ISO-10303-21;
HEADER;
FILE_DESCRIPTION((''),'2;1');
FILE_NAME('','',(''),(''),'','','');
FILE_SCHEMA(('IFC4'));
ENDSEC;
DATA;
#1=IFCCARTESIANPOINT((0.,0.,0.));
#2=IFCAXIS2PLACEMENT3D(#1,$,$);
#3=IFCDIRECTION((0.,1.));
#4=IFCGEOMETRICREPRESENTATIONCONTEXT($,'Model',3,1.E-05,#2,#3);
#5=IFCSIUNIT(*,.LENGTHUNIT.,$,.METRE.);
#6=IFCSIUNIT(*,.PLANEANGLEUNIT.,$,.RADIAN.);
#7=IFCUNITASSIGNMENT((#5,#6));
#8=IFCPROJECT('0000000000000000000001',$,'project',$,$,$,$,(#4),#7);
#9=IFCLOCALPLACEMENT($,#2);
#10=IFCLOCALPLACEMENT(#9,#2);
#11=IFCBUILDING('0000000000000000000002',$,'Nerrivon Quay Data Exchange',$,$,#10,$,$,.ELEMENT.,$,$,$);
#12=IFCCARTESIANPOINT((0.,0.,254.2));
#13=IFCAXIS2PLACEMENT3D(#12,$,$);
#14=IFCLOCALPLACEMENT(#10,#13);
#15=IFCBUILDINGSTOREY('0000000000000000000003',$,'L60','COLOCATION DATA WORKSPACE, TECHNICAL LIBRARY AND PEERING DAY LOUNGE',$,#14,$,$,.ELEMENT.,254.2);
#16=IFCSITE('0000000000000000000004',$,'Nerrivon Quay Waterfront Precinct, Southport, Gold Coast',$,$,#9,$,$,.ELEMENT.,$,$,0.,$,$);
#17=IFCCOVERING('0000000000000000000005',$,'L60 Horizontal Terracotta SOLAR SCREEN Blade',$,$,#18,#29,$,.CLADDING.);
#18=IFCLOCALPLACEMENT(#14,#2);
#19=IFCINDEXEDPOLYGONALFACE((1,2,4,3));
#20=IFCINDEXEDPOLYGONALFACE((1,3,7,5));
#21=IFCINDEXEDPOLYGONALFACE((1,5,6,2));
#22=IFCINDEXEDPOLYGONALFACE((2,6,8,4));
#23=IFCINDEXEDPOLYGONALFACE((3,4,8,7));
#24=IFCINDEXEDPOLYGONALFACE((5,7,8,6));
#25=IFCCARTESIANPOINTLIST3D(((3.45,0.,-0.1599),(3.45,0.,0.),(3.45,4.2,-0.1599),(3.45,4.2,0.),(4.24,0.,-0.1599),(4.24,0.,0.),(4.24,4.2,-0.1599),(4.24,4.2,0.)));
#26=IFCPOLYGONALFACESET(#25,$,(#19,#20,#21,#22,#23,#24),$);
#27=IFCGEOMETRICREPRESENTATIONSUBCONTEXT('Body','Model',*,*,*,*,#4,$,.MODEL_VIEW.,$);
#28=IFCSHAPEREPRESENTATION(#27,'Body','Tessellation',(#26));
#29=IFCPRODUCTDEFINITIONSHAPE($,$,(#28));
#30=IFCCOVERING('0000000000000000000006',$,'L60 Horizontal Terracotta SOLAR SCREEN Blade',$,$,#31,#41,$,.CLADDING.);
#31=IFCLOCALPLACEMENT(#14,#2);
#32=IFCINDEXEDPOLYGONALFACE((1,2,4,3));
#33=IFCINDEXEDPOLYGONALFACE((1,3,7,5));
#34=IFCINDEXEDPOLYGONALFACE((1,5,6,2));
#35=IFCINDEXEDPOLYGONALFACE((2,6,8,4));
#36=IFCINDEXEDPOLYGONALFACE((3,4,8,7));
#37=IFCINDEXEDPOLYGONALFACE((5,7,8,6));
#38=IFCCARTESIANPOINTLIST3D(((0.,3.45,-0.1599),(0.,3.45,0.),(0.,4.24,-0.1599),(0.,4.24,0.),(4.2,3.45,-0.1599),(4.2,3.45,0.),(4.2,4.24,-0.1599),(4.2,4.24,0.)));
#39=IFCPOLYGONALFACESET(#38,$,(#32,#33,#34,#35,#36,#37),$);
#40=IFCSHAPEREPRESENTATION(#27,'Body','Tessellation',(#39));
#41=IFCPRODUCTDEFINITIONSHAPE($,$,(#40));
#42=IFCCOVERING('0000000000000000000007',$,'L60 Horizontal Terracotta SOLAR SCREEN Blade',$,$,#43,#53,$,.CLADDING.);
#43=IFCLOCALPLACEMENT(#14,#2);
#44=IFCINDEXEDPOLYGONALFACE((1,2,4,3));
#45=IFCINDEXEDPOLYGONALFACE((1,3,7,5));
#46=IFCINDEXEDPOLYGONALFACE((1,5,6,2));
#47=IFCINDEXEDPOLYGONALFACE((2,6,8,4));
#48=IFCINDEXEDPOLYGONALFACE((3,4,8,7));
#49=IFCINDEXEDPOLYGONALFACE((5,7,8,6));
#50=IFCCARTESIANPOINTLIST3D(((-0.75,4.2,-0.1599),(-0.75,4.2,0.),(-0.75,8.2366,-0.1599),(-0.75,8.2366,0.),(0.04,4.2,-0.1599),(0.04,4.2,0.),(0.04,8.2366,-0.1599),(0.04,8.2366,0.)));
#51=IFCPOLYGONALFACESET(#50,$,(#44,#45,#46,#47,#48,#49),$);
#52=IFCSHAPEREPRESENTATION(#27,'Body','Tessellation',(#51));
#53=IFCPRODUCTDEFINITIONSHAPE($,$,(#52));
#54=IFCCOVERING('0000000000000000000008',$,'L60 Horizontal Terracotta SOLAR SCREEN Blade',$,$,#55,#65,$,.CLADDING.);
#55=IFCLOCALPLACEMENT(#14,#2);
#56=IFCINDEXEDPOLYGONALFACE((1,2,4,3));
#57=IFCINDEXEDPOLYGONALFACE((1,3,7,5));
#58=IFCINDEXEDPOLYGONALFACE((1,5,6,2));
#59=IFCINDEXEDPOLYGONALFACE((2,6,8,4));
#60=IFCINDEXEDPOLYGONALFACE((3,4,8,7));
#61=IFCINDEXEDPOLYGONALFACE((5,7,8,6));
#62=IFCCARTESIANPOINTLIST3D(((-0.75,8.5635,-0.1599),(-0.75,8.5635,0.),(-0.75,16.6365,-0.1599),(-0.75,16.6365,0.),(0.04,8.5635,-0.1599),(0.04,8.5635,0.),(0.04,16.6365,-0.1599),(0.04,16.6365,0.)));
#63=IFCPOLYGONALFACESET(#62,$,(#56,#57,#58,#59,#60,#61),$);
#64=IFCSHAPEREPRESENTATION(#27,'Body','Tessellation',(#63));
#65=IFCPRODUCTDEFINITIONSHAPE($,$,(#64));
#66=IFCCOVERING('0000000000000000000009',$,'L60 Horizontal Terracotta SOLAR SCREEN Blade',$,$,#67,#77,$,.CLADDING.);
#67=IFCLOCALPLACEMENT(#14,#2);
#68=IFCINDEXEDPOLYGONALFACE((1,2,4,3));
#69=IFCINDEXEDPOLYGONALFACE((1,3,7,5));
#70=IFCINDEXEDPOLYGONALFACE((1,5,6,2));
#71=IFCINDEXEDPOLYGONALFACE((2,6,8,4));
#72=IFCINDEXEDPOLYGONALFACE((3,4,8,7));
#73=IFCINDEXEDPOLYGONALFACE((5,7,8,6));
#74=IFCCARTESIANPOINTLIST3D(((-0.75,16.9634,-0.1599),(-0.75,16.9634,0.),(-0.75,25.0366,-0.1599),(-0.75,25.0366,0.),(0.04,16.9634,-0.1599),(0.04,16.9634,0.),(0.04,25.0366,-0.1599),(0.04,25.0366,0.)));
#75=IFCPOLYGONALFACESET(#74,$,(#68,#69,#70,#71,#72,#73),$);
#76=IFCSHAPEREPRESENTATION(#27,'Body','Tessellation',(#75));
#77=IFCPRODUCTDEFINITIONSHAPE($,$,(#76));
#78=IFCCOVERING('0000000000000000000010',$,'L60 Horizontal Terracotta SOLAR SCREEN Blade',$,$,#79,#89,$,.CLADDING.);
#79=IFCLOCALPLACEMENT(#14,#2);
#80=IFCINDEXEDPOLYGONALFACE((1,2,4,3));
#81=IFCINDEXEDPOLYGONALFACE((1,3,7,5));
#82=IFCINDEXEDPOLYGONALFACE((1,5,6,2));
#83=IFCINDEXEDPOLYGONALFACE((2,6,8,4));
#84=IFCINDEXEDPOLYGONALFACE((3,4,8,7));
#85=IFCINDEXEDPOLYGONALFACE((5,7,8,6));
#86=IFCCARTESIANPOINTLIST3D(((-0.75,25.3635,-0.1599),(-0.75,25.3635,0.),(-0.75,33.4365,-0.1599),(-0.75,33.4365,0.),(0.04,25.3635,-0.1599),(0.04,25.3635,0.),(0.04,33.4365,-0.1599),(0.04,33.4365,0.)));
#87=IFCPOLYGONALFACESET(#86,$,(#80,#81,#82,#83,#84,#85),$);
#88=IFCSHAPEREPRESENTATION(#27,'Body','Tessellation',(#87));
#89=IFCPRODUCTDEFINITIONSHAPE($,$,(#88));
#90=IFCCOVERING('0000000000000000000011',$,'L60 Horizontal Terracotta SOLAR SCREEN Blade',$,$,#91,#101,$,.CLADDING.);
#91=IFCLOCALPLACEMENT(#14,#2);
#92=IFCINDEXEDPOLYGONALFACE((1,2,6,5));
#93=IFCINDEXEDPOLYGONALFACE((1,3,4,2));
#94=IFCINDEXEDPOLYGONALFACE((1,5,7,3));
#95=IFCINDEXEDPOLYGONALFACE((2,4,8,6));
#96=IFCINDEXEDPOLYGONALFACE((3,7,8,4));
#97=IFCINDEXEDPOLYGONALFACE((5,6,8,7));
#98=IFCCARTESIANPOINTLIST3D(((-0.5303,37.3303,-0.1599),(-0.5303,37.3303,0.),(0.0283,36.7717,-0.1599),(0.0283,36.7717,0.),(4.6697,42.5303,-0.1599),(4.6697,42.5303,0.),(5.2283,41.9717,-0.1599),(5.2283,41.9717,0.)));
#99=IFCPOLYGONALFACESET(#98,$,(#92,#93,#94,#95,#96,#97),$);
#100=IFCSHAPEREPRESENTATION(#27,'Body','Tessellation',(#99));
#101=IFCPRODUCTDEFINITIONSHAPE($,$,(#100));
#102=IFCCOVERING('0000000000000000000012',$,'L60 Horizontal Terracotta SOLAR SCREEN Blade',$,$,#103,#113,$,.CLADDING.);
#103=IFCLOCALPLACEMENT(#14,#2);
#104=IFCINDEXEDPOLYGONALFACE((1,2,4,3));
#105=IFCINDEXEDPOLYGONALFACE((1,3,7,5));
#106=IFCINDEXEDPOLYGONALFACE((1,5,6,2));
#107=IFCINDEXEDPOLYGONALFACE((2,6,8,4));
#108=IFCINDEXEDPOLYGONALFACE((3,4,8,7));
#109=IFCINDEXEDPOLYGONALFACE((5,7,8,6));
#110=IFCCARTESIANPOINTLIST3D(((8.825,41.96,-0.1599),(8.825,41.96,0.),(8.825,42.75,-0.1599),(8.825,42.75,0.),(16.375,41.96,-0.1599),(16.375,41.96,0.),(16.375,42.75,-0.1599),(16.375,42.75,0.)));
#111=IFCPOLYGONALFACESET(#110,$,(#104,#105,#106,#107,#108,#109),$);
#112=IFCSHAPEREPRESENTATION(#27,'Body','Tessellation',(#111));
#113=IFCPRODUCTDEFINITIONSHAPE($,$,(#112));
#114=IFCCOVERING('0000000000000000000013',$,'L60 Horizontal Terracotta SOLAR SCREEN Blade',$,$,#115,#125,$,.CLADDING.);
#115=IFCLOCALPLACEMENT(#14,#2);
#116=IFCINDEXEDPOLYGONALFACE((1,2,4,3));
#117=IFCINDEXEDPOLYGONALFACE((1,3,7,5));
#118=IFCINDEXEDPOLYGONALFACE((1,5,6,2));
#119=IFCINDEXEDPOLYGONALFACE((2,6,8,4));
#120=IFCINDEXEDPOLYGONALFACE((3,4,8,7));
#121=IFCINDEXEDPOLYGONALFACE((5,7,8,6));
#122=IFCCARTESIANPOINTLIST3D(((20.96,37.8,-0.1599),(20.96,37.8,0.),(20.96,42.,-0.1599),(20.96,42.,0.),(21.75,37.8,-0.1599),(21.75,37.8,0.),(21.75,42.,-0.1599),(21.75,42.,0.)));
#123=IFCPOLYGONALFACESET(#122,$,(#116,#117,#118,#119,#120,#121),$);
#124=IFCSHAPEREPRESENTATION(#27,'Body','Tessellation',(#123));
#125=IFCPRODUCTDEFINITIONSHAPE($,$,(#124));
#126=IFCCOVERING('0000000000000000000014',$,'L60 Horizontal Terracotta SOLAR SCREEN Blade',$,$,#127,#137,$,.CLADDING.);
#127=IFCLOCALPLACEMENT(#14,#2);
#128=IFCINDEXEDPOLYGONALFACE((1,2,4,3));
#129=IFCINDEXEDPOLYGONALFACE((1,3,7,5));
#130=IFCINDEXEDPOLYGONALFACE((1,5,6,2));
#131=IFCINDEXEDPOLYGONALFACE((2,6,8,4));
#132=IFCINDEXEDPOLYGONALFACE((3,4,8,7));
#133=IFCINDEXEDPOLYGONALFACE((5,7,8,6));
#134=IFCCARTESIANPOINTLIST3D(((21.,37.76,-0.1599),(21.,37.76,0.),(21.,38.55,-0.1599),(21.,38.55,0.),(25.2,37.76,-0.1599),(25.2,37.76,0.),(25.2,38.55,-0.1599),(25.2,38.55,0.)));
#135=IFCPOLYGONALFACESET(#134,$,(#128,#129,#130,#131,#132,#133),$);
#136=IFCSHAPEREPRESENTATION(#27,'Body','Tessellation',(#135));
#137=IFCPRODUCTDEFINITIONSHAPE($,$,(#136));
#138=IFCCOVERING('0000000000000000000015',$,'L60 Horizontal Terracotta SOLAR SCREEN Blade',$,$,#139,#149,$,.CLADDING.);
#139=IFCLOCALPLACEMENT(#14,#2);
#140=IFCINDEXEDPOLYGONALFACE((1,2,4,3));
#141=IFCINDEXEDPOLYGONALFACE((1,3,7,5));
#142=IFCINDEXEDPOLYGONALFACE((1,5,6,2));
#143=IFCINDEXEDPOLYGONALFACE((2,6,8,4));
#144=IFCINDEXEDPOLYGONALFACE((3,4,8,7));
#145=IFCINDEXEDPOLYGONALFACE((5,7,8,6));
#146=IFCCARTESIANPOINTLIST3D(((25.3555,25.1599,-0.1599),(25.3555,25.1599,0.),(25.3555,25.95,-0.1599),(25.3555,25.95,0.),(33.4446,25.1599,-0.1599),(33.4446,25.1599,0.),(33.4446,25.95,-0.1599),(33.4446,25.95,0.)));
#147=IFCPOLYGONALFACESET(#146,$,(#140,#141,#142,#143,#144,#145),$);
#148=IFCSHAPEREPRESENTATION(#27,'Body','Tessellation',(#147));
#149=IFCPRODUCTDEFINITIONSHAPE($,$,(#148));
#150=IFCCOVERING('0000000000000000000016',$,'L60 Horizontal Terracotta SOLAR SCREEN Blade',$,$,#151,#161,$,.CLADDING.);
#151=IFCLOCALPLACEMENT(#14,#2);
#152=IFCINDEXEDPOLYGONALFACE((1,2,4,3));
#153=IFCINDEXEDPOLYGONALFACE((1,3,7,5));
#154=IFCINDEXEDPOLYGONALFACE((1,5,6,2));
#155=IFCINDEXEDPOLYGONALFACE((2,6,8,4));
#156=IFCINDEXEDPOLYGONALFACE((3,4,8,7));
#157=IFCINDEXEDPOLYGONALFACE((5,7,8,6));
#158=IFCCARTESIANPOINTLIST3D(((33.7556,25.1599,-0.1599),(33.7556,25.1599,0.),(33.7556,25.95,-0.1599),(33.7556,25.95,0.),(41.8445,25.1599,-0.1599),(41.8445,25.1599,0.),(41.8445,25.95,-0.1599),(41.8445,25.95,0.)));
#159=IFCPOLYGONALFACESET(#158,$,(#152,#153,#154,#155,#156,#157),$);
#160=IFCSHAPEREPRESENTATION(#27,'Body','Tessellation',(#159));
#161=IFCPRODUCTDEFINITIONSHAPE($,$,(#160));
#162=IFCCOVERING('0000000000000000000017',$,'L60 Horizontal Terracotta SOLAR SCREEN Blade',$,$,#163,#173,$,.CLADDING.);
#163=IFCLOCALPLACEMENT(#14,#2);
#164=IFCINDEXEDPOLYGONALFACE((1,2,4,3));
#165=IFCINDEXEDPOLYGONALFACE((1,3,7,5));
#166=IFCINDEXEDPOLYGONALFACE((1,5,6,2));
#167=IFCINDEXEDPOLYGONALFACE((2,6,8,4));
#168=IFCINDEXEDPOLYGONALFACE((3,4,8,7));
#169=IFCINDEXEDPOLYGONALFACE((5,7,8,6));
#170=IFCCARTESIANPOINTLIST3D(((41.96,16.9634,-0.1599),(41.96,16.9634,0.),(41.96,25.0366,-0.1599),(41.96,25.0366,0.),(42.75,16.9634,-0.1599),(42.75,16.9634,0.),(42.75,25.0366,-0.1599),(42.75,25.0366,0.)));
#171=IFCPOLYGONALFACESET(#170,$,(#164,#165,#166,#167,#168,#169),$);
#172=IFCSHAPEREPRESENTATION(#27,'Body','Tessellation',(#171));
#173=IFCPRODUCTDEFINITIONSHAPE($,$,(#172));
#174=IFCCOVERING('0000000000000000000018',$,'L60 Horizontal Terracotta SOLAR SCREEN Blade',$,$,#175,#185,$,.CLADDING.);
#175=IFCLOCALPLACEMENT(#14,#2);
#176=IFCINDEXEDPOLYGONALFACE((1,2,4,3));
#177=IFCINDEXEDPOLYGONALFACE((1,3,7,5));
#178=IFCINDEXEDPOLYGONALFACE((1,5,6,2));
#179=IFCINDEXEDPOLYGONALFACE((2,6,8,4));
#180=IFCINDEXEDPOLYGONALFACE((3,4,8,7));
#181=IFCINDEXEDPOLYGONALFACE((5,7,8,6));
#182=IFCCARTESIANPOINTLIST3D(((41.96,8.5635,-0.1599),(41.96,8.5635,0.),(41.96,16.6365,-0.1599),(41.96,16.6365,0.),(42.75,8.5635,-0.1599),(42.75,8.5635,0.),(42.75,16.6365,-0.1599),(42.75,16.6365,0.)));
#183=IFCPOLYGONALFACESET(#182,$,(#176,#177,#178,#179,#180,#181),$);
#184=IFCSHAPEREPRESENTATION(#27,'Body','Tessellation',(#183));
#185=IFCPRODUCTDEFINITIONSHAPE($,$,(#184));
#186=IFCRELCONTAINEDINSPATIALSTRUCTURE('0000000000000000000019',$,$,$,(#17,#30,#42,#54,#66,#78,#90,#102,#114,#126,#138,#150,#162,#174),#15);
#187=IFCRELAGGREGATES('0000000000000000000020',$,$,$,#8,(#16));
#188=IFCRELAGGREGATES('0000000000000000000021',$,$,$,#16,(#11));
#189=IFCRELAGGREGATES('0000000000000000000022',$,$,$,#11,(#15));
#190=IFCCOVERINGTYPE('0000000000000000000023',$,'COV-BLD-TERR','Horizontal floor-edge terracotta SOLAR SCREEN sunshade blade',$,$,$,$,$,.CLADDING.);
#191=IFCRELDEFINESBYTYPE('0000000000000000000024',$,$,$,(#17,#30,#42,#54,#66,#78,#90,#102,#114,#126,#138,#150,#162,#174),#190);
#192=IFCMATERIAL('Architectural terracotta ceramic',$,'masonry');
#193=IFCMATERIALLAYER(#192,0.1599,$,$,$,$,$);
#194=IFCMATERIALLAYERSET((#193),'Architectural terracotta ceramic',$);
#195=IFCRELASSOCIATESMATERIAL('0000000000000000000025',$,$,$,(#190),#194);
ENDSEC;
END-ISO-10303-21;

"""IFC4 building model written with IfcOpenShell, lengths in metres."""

from ifc_helpers import new_model, si_unit, direction, frame, origin, place, context, subcontext, project, spatial, polyline, outline, extrude, material, layer, layer_set, type_object, element, save


model = new_model("IFC4")

# Units and contexts
model_context = context("Model", 3, precision=1e-05, world=origin(), true_north=direction((0.0, 1.0)))
body_context = subcontext(model_context, "Body", "Model", "MODEL_VIEW")
ifc_project = project(units=[si_unit("LENGTHUNIT", "METRE"), si_unit("PLANEANGLEUNIT", "RADIAN")], contexts=[model_context])

# Site, building, storey
site_placement = place(None, origin())
site = spatial("IfcSite", under=ifc_project, at=site_placement, Name="Nerrivon Quay Waterfront Precinct, Southport, Gold Coast", CompositionType="ELEMENT", RefElevation=0.0)
building_placement = place(site_placement, origin())
building = spatial("IfcBuilding", under=site, at=building_placement, Name="Nerrivon Quay Data Exchange", CompositionType="ELEMENT")
storey_placement = place(building_placement, frame((0.0, 0.0, 254.2)))
storey = spatial("IfcBuildingStorey", under=building, at=storey_placement, Name="L60", Description="COLOCATION DATA WORKSPACE, TECHNICAL LIBRARY AND PEERING DAY LOUNGE", CompositionType="ELEMENT", Elevation=254.2)

# Coverings
ifc_material_1 = material(Name="Architectural terracotta ceramic", Category="masonry")
ifc_layer_1 = layer(ifc_material_1, 0.1599)
ifc_layer_set_1 = layer_set([ifc_layer_1], Name="Architectural terracotta ceramic")
covering_type = type_object("IfcCoveringType", Name="COV-BLD-TERR", Description="Horizontal floor-edge terracotta SOLAR SCREEN sunshade blade", PredefinedType="CLADDING", material=ifc_layer_set_1)
covering_1_placement = place(storey_placement, frame((0.0, 0.0, -0.1599)))
element("IfcCovering", 1, at=covering_1_placement, inside=storey, type_object=covering_type, Name="L60 Horizontal Terracotta SOLAR SCREEN Blade", PredefinedType="CLADDING", context=body_context, shape_type="SweptSolid", body=[
    extrude(outline(polyline([(4.24, 0.0), (4.24, 4.2), (3.45, 4.2), (3.45, 0.0), (4.24, 0.0)])), origin(), (0.0, 0.0, 1.0), 0.1599),
])
covering_2_placement = place(storey_placement, frame((0.0, 0.0, -0.1599)))
element("IfcCovering", 2, at=covering_2_placement, inside=storey, type_object=covering_type, Name="L60 Horizontal Terracotta SOLAR SCREEN Blade", PredefinedType="CLADDING", context=body_context, shape_type="SweptSolid", body=[
    extrude(outline(polyline([(4.2, 4.24), (0.0, 4.24), (0.0, 3.45), (4.2, 3.45), (4.2, 4.24)])), origin(), (0.0, 0.0, 1.0), 0.1599),
])
covering_3_placement = place(storey_placement, frame((0.0, 0.0, -0.1599)))
element("IfcCovering", 3, at=covering_3_placement, inside=storey, type_object=covering_type, Name="L60 Horizontal Terracotta SOLAR SCREEN Blade", PredefinedType="CLADDING", context=body_context, shape_type="SweptSolid", body=[
    extrude(outline(polyline([(0.04, 4.2), (0.04, 8.2366), (-0.75, 8.2366), (-0.75, 4.2), (0.04, 4.2)])), origin(), (0.0, 0.0, 1.0), 0.1599),
])
covering_4_placement = place(storey_placement, frame((0.0, 0.0, -0.1599)))
element("IfcCovering", 4, at=covering_4_placement, inside=storey, type_object=covering_type, Name="L60 Horizontal Terracotta SOLAR SCREEN Blade", PredefinedType="CLADDING", context=body_context, shape_type="SweptSolid", body=[
    extrude(outline(polyline([(0.04, 8.5635), (0.04, 16.6365), (-0.75, 16.6365), (-0.75, 8.5635), (0.04, 8.5635)])), origin(), (0.0, 0.0, 1.0), 0.1599),
])
covering_5_placement = place(storey_placement, frame((0.0, 0.0, -0.1599)))
element("IfcCovering", 5, at=covering_5_placement, inside=storey, type_object=covering_type, Name="L60 Horizontal Terracotta SOLAR SCREEN Blade", PredefinedType="CLADDING", context=body_context, shape_type="SweptSolid", body=[
    extrude(outline(polyline([(0.04, 16.9634), (0.04, 25.0366), (-0.75, 25.0366), (-0.75, 16.9634), (0.04, 16.9634)])), origin(), (0.0, 0.0, 1.0), 0.1599),
])
covering_6_placement = place(storey_placement, frame((0.0, 0.0, -0.1599)))
element("IfcCovering", 6, at=covering_6_placement, inside=storey, type_object=covering_type, Name="L60 Horizontal Terracotta SOLAR SCREEN Blade", PredefinedType="CLADDING", context=body_context, shape_type="SweptSolid", body=[
    extrude(outline(polyline([(0.04, 25.3635), (0.04, 33.4365), (-0.75, 33.4365), (-0.75, 25.3635), (0.04, 25.3635)])), origin(), (0.0, 0.0, 1.0), 0.1599),
])
covering_7_placement = place(storey_placement, frame((0.0, 0.0, -0.1599)))
element("IfcCovering", 7, at=covering_7_placement, inside=storey, type_object=covering_type, Name="L60 Horizontal Terracotta SOLAR SCREEN Blade", PredefinedType="CLADDING", context=body_context, shape_type="SweptSolid", body=[
    extrude(outline(polyline([(0.0283, 36.7717), (5.2283, 41.9717), (4.6697, 42.5303), (-0.5303, 37.3303), (0.0283, 36.7717)])), origin(), (0.0, 0.0, 1.0), 0.1599),
])
covering_8_placement = place(storey_placement, frame((0.0, 0.0, -0.1599)))
element("IfcCovering", 8, at=covering_8_placement, inside=storey, type_object=covering_type, Name="L60 Horizontal Terracotta SOLAR SCREEN Blade", PredefinedType="CLADDING", context=body_context, shape_type="SweptSolid", body=[
    extrude(outline(polyline([(8.825, 41.96), (16.375, 41.96), (16.375, 42.75), (8.825, 42.75), (8.825, 41.96)])), origin(), (0.0, 0.0, 1.0), 0.1599),
])
covering_9_placement = place(storey_placement, frame((0.0, 0.0, -0.1599)))
element("IfcCovering", 9, at=covering_9_placement, inside=storey, type_object=covering_type, Name="L60 Horizontal Terracotta SOLAR SCREEN Blade", PredefinedType="CLADDING", context=body_context, shape_type="SweptSolid", body=[
    extrude(outline(polyline([(20.96, 42.0), (20.96, 37.8), (21.75, 37.8), (21.75, 42.0), (20.96, 42.0)])), origin(), (0.0, 0.0, 1.0), 0.1599),
])
covering_10_placement = place(storey_placement, frame((0.0, 0.0, -0.1599)))
element("IfcCovering", 10, at=covering_10_placement, inside=storey, type_object=covering_type, Name="L60 Horizontal Terracotta SOLAR SCREEN Blade", PredefinedType="CLADDING", context=body_context, shape_type="SweptSolid", body=[
    extrude(outline(polyline([(21.0, 37.76), (25.2, 37.76), (25.2, 38.55), (21.0, 38.55), (21.0, 37.76)])), origin(), (0.0, 0.0, 1.0), 0.1599),
])
covering_11_placement = place(storey_placement, frame((0.0, 0.0, -0.1599)))
element("IfcCovering", 11, at=covering_11_placement, inside=storey, type_object=covering_type, Name="L60 Horizontal Terracotta SOLAR SCREEN Blade", PredefinedType="CLADDING", context=body_context, shape_type="SweptSolid", body=[
    extrude(outline(polyline([(25.3555, 25.1599), (33.4446, 25.1599), (33.4446, 25.95), (25.3555, 25.95), (25.3555, 25.1599)])), origin(), (0.0, 0.0, 1.0), 0.1599),
])
covering_12_placement = place(storey_placement, frame((0.0, 0.0, -0.1599)))
element("IfcCovering", 12, at=covering_12_placement, inside=storey, type_object=covering_type, Name="L60 Horizontal Terracotta SOLAR SCREEN Blade", PredefinedType="CLADDING", context=body_context, shape_type="SweptSolid", body=[
    extrude(outline(polyline([(33.7556, 25.1599), (41.8445, 25.1599), (41.8445, 25.95), (33.7556, 25.95), (33.7556, 25.1599)])), origin(), (0.0, 0.0, 1.0), 0.1599),
])
covering_13_placement = place(storey_placement, frame((0.0, 0.0, -0.1599)))
element("IfcCovering", 13, at=covering_13_placement, inside=storey, type_object=covering_type, Name="L60 Horizontal Terracotta SOLAR SCREEN Blade", PredefinedType="CLADDING", context=body_context, shape_type="SweptSolid", body=[
    extrude(outline(polyline([(41.96, 25.0366), (41.96, 16.9634), (42.75, 16.9634), (42.75, 25.0366), (41.96, 25.0366)])), origin(), (0.0, 0.0, 1.0), 0.1599),
])
covering_14_placement = place(storey_placement, frame((0.0, 0.0, -0.1599)))
element("IfcCovering", 14, at=covering_14_placement, inside=storey, type_object=covering_type, Name="L60 Horizontal Terracotta SOLAR SCREEN Blade", PredefinedType="CLADDING", context=body_context, shape_type="SweptSolid", body=[
    extrude(outline(polyline([(41.96, 16.6365), (41.96, 8.5635), (42.75, 8.5635), (42.75, 16.6365), (41.96, 16.6365)])), origin(), (0.0, 0.0, 1.0), 0.1599),
])

save(model, "model.ifc")
